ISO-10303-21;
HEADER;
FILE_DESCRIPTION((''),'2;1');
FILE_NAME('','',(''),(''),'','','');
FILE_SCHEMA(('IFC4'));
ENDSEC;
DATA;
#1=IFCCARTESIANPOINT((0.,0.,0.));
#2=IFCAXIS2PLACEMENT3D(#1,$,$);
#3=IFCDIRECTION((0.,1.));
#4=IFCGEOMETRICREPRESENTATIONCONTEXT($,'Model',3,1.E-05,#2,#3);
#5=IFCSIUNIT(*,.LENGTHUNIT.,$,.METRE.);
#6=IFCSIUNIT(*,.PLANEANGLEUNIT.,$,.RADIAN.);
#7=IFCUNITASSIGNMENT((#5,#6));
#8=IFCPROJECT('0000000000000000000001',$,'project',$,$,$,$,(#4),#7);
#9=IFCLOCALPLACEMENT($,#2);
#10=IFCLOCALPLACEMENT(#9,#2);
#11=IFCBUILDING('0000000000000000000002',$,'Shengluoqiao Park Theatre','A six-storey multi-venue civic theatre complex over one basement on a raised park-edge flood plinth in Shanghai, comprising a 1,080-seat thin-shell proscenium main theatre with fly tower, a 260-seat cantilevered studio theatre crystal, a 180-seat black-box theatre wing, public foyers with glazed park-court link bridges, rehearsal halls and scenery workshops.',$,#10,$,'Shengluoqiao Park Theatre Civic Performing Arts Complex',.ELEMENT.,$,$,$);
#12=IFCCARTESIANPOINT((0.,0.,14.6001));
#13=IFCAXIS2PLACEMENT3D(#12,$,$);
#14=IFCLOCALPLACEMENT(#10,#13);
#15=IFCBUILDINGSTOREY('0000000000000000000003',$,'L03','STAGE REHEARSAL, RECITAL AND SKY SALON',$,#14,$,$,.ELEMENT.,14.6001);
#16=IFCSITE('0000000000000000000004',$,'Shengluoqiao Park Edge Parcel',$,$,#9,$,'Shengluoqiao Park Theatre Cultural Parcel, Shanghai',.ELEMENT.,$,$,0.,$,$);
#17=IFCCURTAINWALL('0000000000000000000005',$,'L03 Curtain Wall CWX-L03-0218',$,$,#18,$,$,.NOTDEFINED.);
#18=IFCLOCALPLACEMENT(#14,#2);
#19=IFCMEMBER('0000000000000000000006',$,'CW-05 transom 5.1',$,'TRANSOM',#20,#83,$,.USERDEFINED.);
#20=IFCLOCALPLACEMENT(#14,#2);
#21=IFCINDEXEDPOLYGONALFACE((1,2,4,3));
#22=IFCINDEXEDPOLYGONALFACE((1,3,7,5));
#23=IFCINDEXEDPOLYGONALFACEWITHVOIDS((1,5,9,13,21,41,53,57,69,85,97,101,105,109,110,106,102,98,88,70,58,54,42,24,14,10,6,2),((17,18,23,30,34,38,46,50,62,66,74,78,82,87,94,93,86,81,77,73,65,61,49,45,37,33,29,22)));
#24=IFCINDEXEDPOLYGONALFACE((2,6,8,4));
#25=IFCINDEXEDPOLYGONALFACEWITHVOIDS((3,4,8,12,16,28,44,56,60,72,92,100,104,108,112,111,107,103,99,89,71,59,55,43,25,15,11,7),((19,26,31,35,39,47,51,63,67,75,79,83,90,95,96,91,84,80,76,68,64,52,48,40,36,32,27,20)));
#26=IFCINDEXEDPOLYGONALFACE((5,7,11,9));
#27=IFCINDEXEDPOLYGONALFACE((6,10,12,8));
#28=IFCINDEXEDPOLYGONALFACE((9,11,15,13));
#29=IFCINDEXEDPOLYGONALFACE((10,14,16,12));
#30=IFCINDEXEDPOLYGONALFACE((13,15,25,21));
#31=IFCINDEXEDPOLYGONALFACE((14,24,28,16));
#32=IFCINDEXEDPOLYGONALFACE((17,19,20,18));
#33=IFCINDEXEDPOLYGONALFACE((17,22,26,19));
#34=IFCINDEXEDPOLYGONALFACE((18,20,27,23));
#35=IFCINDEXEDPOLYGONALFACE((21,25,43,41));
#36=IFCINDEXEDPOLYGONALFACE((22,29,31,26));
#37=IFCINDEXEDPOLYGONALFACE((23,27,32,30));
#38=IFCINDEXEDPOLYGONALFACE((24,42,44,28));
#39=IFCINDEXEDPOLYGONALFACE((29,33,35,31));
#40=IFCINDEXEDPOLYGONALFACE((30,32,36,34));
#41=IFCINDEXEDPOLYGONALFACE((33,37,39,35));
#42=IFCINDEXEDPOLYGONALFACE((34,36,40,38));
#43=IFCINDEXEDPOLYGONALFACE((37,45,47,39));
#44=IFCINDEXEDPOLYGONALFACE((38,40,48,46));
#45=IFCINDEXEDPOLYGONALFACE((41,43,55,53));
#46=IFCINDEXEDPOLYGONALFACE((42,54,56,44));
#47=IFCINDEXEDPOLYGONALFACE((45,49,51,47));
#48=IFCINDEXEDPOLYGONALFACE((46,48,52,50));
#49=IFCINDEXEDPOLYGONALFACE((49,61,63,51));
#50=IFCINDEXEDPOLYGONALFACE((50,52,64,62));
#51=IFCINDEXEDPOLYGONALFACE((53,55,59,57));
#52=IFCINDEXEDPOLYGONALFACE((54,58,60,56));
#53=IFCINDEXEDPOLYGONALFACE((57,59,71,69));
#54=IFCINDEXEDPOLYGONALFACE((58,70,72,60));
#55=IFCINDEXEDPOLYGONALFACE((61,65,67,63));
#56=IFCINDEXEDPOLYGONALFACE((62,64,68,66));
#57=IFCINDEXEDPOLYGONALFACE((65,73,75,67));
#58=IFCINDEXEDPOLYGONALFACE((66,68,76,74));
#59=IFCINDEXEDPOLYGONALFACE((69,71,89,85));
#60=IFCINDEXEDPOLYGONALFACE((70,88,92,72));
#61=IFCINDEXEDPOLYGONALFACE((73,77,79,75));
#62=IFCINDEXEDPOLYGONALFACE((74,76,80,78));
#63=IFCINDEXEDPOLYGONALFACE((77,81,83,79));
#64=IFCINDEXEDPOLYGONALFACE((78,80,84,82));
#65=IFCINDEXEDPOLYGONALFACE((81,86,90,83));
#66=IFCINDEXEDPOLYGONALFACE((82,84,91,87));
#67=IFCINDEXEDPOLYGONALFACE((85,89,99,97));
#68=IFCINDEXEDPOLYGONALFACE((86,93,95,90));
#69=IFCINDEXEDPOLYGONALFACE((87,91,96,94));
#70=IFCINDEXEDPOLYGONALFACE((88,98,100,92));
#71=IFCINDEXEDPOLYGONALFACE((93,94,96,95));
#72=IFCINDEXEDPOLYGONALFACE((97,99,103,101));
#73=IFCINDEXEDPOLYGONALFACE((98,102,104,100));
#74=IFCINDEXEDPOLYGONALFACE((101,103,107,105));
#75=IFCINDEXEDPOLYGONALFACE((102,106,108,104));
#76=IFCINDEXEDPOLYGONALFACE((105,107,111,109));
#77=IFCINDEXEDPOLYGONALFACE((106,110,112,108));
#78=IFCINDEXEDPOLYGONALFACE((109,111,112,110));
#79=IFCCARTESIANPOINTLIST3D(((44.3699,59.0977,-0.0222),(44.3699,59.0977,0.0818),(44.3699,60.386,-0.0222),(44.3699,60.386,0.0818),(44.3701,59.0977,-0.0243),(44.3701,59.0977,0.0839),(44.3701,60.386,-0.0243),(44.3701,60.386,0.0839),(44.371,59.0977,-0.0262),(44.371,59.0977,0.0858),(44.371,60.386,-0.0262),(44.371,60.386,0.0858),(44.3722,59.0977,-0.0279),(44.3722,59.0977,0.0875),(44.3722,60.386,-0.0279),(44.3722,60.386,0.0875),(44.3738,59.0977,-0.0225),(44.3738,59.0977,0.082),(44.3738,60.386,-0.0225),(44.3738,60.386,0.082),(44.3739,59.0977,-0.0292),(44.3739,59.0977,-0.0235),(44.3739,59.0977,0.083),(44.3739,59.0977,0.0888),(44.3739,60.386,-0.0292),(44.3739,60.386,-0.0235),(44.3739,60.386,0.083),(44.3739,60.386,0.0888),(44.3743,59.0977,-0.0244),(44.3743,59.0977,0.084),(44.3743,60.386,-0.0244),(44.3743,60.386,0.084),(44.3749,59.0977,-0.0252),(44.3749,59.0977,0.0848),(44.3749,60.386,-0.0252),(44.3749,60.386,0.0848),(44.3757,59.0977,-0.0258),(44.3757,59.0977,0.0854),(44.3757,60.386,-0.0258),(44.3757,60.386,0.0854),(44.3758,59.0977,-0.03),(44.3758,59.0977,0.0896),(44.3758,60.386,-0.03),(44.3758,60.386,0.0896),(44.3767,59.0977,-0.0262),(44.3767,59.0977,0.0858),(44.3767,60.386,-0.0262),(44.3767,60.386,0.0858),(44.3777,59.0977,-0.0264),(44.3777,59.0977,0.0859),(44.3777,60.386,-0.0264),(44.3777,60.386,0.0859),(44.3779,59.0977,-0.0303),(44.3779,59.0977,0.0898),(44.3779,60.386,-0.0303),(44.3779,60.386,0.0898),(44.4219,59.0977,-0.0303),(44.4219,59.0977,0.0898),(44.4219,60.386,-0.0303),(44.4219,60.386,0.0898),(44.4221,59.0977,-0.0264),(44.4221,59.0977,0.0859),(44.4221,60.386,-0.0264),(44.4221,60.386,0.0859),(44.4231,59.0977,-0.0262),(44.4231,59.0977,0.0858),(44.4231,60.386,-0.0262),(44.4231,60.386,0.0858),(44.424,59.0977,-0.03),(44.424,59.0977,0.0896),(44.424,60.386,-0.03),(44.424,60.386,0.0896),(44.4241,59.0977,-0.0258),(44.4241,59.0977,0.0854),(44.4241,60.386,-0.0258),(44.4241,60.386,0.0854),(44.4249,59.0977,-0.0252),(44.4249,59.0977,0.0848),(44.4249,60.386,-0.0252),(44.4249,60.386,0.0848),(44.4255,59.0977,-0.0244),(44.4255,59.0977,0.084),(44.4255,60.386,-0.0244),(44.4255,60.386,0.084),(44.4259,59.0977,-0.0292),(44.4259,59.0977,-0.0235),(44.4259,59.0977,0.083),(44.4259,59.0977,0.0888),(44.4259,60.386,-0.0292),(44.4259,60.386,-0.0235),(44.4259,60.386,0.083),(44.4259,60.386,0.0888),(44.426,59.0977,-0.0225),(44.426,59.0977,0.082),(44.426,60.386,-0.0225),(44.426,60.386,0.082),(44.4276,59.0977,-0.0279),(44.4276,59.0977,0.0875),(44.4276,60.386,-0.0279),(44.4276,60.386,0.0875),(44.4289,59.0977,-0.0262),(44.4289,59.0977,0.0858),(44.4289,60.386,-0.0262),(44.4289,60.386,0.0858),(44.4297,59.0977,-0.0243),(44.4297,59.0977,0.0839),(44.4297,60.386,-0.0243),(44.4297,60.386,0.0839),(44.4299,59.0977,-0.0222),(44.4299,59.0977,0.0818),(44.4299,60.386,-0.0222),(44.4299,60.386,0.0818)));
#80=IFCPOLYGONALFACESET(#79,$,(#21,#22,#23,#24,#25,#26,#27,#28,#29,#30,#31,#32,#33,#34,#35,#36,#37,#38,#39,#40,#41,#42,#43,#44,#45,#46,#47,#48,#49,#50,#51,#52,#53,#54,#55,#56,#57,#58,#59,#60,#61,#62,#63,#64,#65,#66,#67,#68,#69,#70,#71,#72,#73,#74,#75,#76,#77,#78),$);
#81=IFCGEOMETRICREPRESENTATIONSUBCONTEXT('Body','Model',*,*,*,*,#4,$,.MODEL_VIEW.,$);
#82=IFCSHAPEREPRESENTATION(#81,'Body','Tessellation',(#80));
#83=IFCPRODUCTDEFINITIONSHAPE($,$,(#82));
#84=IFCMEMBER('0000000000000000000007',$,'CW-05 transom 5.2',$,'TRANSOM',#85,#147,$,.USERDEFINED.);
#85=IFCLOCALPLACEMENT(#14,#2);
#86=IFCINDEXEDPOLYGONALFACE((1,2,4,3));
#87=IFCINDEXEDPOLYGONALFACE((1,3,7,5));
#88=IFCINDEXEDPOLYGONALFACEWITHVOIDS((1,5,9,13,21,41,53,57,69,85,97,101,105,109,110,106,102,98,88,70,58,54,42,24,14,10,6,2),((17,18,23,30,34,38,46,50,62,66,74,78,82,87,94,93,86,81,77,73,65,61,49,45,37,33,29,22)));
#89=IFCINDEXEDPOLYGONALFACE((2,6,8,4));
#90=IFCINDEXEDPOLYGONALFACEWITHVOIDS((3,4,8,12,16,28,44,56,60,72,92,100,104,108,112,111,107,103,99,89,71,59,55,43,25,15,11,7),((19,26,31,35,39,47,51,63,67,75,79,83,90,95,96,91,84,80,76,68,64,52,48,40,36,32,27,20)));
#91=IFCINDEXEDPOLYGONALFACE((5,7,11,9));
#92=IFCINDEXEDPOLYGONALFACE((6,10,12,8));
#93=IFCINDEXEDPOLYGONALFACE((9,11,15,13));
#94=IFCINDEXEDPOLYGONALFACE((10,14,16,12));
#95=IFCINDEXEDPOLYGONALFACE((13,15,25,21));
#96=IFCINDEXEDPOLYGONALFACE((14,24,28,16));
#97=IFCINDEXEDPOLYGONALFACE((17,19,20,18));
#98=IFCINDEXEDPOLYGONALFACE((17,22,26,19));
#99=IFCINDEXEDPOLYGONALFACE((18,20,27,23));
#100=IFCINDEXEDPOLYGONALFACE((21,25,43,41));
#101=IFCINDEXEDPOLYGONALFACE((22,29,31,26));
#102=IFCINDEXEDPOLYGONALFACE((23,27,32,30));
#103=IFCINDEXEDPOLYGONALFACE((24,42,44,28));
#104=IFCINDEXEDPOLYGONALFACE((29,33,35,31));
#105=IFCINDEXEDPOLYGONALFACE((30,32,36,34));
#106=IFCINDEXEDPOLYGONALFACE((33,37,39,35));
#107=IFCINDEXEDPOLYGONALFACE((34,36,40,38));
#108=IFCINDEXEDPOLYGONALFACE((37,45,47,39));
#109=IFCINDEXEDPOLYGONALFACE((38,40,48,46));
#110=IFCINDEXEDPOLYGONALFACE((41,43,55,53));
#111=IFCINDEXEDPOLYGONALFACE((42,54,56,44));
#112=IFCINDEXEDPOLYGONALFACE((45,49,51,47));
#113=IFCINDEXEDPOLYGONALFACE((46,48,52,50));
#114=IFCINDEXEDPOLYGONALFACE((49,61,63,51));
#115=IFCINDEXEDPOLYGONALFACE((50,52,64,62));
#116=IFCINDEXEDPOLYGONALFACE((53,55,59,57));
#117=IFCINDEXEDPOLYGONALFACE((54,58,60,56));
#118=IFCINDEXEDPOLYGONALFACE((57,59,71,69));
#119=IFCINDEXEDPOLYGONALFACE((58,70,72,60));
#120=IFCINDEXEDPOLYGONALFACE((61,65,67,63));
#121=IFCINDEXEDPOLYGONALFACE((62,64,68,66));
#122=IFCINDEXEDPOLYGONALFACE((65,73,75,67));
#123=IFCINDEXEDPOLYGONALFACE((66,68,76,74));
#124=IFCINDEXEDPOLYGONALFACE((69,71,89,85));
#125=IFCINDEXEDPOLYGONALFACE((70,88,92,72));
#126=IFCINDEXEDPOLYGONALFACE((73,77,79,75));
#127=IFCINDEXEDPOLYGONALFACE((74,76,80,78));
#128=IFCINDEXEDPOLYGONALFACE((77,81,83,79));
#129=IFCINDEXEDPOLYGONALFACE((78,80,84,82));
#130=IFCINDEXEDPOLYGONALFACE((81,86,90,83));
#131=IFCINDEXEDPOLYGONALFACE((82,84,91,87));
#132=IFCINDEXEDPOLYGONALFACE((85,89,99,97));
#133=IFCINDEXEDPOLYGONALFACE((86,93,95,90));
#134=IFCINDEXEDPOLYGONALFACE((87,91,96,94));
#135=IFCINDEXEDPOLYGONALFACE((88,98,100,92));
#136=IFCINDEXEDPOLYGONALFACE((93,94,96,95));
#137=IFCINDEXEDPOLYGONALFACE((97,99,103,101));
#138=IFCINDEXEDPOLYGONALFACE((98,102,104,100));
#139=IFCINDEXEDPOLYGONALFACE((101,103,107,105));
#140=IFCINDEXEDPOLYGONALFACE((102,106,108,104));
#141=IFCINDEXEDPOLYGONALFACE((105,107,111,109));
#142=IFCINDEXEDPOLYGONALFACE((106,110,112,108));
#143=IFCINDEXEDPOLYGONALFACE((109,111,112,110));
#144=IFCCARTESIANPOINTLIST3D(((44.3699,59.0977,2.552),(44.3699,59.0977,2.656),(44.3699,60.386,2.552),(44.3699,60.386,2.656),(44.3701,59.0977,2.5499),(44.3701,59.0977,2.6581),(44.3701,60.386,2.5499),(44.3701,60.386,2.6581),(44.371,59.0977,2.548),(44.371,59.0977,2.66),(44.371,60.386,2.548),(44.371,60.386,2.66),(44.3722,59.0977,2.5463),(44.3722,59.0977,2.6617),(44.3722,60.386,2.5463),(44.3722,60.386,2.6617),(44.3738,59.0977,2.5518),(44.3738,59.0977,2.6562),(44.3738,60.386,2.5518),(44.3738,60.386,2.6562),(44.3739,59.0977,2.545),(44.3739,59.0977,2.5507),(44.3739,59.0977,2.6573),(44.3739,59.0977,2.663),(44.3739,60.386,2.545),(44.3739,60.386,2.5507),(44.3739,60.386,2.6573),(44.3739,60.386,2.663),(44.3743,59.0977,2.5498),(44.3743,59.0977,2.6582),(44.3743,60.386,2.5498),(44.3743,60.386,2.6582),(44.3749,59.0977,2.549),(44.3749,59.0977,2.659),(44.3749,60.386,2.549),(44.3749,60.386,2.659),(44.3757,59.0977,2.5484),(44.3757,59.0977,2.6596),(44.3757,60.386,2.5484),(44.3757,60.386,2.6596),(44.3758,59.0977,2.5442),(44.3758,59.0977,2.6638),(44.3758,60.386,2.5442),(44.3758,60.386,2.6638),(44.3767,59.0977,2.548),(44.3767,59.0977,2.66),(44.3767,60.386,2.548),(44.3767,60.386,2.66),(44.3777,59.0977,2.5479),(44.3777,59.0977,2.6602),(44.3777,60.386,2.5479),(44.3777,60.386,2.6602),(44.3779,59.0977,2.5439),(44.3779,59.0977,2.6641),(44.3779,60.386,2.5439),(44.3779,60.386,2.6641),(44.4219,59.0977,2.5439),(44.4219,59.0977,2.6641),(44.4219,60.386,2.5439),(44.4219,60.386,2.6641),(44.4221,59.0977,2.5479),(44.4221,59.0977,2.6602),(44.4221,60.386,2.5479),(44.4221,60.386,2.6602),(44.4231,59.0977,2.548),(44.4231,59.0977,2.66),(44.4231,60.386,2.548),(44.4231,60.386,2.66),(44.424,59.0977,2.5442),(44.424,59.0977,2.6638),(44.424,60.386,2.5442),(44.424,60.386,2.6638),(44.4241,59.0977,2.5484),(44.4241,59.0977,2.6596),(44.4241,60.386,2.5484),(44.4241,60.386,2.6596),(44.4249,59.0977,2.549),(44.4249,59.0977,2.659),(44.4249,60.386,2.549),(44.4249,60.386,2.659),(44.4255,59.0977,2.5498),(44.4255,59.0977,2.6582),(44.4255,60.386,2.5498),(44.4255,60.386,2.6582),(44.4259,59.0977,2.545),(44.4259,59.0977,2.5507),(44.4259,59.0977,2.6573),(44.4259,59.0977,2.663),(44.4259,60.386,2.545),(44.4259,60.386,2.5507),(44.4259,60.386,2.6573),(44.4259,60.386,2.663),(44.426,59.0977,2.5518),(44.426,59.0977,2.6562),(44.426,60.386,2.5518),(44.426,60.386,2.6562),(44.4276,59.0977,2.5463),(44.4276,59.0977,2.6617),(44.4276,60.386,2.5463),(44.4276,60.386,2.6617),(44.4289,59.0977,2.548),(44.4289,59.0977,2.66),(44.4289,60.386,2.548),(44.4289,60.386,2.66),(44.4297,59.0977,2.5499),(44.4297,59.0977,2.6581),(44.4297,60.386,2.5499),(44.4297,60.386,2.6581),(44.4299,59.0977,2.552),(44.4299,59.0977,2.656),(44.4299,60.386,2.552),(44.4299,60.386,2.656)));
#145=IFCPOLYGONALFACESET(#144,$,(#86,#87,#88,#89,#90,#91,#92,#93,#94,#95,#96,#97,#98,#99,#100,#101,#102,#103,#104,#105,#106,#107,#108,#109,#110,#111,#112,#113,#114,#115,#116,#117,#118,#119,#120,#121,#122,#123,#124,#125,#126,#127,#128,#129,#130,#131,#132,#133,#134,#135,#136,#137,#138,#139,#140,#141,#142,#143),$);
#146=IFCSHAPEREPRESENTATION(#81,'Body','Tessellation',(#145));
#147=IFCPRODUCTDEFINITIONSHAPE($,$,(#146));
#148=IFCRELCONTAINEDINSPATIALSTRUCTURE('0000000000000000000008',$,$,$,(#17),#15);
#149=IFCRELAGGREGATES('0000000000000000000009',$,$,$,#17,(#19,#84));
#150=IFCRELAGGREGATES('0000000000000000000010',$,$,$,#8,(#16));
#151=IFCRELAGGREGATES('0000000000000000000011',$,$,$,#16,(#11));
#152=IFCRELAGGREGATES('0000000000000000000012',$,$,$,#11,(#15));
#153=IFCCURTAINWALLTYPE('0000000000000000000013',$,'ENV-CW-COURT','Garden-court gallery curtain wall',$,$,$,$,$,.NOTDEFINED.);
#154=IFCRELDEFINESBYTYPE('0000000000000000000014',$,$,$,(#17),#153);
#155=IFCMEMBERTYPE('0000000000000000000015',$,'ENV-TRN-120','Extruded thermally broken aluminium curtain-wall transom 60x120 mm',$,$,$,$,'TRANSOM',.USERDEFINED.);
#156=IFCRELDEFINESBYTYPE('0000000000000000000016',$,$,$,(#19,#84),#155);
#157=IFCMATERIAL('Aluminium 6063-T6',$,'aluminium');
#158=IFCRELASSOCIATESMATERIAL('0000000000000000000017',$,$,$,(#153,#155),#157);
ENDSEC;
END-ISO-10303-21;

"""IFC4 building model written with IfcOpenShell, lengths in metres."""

from ifc_helpers import new_model, si_unit, direction, frame, origin, origin_2d, place, context, subcontext, project, spatial, hollow_rectangle, extrude, material, material_profile, profile_set, type_object, element, aggregate, save


model = new_model("IFC4")

# Units and contexts
model_context = context("Model", 3, precision=1e-05, world=origin(), true_north=direction((0.0, 1.0)))
body_context = subcontext(model_context, "Body", "Model", "MODEL_VIEW")
ifc_project = project(units=[si_unit("LENGTHUNIT", "METRE"), si_unit("PLANEANGLEUNIT", "RADIAN")], contexts=[model_context])

# Site, building, storey
site_placement = place(None, origin())
site = spatial("IfcSite", under=ifc_project, at=site_placement, Name="Shengluoqiao Park Edge Parcel", LongName="Shengluoqiao Park Theatre Cultural Parcel, Shanghai", CompositionType="ELEMENT", RefElevation=0.0)
building_placement = place(site_placement, origin())
building = spatial("IfcBuilding", under=site, at=building_placement, Name="Shengluoqiao Park Theatre", Description="A six-storey multi-venue civic theatre complex over one basement on a raised park-edge flood plinth in Shanghai, comprising a 1,080-seat thin-shell proscenium main theatre with fly tower, a 260-seat cantilevered studio theatre crystal, a 180-seat black-box theatre wing, public foyers with glazed park-court link bridges, rehearsal halls and scenery workshops.", LongName="Shengluoqiao Park Theatre Civic Performing Arts Complex", CompositionType="ELEMENT")
storey_placement = place(building_placement, frame((0.0, 0.0, 14.6001)))
storey = spatial("IfcBuildingStorey", under=building, at=storey_placement, Name="L03", Description="STAGE REHEARSAL, RECITAL AND SKY SALON", CompositionType="ELEMENT", Elevation=14.6001)

# Curtain wall
ifc_material_1 = material(Name="Aluminium 6063-T6", Category="aluminium")
curtain_wall_type = type_object("IfcCurtainWallType", Name="ENV-CW-COURT", Description="Garden-court gallery curtain wall", PredefinedType="NOTDEFINED", material=ifc_material_1)
curtain_wall_1_placement = place(storey_placement, origin())
curtain_wall_1 = element("IfcCurtainWall", 1, at=curtain_wall_1_placement, inside=storey, type_object=curtain_wall_type, Name="L03 Curtain Wall CWX-L03-0218", PredefinedType="NOTDEFINED")

# Members
ifc_material_profile_1 = material_profile(ifc_material_1, hollow_rectangle(XDim=0.0601, YDim=0.1201, WallThickness=0.0039, InnerFilletRadius=0.0039, OuterFilletRadius=0.0081, at=origin_2d()), Name="ALU TRANSOM 120x60x4")
ifc_profile_set_1 = profile_set([ifc_material_profile_1], Name="Aluminium 6063-T6")
member_type_1 = type_object("IfcMemberType", Name="ENV-TRN-120", Description="Extruded thermally broken aluminium curtain-wall transom 60x120 mm", ElementType="TRANSOM", PredefinedType="USERDEFINED", material=ifc_profile_set_1)
member_1_placement = place(storey_placement, frame((44.3999, 59.0977, 0.0298), z_axis=(0.0, 1.0, 0.0), x_axis=(-1.0, 0.0, 0.0)))
member_1 = element("IfcMember", 2, at=member_1_placement, type_object=member_type_1, Name="CW-05 transom 5.1", ObjectType="TRANSOM", PredefinedType="USERDEFINED", context=body_context, shape_type="SweptSolid", body=[
    extrude(hollow_rectangle(XDim=0.0601, YDim=0.1201, WallThickness=0.0039, InnerFilletRadius=0.0039, OuterFilletRadius=0.0081, at=origin_2d()), origin(), (0.0, 0.0, 1.0), 1.2883),
])
member_2_placement = place(storey_placement, frame((44.3999, 59.0977, 2.604), z_axis=(0.0, 1.0, 0.0), x_axis=(-1.0, 0.0, 0.0)))
member_2 = element("IfcMember", 3, at=member_2_placement, type_object=member_type_1, Name="CW-05 transom 5.2", ObjectType="TRANSOM", PredefinedType="USERDEFINED", context=body_context, shape_type="SweptSolid", body=[
    extrude(hollow_rectangle(XDim=0.0601, YDim=0.1201, WallThickness=0.0039, InnerFilletRadius=0.0039, OuterFilletRadius=0.0081, at=origin_2d()), origin(), (0.0, 0.0, 1.0), 1.2883),
])

aggregate(curtain_wall_1, [member_1, member_2])

save(model, "model.ifc")
